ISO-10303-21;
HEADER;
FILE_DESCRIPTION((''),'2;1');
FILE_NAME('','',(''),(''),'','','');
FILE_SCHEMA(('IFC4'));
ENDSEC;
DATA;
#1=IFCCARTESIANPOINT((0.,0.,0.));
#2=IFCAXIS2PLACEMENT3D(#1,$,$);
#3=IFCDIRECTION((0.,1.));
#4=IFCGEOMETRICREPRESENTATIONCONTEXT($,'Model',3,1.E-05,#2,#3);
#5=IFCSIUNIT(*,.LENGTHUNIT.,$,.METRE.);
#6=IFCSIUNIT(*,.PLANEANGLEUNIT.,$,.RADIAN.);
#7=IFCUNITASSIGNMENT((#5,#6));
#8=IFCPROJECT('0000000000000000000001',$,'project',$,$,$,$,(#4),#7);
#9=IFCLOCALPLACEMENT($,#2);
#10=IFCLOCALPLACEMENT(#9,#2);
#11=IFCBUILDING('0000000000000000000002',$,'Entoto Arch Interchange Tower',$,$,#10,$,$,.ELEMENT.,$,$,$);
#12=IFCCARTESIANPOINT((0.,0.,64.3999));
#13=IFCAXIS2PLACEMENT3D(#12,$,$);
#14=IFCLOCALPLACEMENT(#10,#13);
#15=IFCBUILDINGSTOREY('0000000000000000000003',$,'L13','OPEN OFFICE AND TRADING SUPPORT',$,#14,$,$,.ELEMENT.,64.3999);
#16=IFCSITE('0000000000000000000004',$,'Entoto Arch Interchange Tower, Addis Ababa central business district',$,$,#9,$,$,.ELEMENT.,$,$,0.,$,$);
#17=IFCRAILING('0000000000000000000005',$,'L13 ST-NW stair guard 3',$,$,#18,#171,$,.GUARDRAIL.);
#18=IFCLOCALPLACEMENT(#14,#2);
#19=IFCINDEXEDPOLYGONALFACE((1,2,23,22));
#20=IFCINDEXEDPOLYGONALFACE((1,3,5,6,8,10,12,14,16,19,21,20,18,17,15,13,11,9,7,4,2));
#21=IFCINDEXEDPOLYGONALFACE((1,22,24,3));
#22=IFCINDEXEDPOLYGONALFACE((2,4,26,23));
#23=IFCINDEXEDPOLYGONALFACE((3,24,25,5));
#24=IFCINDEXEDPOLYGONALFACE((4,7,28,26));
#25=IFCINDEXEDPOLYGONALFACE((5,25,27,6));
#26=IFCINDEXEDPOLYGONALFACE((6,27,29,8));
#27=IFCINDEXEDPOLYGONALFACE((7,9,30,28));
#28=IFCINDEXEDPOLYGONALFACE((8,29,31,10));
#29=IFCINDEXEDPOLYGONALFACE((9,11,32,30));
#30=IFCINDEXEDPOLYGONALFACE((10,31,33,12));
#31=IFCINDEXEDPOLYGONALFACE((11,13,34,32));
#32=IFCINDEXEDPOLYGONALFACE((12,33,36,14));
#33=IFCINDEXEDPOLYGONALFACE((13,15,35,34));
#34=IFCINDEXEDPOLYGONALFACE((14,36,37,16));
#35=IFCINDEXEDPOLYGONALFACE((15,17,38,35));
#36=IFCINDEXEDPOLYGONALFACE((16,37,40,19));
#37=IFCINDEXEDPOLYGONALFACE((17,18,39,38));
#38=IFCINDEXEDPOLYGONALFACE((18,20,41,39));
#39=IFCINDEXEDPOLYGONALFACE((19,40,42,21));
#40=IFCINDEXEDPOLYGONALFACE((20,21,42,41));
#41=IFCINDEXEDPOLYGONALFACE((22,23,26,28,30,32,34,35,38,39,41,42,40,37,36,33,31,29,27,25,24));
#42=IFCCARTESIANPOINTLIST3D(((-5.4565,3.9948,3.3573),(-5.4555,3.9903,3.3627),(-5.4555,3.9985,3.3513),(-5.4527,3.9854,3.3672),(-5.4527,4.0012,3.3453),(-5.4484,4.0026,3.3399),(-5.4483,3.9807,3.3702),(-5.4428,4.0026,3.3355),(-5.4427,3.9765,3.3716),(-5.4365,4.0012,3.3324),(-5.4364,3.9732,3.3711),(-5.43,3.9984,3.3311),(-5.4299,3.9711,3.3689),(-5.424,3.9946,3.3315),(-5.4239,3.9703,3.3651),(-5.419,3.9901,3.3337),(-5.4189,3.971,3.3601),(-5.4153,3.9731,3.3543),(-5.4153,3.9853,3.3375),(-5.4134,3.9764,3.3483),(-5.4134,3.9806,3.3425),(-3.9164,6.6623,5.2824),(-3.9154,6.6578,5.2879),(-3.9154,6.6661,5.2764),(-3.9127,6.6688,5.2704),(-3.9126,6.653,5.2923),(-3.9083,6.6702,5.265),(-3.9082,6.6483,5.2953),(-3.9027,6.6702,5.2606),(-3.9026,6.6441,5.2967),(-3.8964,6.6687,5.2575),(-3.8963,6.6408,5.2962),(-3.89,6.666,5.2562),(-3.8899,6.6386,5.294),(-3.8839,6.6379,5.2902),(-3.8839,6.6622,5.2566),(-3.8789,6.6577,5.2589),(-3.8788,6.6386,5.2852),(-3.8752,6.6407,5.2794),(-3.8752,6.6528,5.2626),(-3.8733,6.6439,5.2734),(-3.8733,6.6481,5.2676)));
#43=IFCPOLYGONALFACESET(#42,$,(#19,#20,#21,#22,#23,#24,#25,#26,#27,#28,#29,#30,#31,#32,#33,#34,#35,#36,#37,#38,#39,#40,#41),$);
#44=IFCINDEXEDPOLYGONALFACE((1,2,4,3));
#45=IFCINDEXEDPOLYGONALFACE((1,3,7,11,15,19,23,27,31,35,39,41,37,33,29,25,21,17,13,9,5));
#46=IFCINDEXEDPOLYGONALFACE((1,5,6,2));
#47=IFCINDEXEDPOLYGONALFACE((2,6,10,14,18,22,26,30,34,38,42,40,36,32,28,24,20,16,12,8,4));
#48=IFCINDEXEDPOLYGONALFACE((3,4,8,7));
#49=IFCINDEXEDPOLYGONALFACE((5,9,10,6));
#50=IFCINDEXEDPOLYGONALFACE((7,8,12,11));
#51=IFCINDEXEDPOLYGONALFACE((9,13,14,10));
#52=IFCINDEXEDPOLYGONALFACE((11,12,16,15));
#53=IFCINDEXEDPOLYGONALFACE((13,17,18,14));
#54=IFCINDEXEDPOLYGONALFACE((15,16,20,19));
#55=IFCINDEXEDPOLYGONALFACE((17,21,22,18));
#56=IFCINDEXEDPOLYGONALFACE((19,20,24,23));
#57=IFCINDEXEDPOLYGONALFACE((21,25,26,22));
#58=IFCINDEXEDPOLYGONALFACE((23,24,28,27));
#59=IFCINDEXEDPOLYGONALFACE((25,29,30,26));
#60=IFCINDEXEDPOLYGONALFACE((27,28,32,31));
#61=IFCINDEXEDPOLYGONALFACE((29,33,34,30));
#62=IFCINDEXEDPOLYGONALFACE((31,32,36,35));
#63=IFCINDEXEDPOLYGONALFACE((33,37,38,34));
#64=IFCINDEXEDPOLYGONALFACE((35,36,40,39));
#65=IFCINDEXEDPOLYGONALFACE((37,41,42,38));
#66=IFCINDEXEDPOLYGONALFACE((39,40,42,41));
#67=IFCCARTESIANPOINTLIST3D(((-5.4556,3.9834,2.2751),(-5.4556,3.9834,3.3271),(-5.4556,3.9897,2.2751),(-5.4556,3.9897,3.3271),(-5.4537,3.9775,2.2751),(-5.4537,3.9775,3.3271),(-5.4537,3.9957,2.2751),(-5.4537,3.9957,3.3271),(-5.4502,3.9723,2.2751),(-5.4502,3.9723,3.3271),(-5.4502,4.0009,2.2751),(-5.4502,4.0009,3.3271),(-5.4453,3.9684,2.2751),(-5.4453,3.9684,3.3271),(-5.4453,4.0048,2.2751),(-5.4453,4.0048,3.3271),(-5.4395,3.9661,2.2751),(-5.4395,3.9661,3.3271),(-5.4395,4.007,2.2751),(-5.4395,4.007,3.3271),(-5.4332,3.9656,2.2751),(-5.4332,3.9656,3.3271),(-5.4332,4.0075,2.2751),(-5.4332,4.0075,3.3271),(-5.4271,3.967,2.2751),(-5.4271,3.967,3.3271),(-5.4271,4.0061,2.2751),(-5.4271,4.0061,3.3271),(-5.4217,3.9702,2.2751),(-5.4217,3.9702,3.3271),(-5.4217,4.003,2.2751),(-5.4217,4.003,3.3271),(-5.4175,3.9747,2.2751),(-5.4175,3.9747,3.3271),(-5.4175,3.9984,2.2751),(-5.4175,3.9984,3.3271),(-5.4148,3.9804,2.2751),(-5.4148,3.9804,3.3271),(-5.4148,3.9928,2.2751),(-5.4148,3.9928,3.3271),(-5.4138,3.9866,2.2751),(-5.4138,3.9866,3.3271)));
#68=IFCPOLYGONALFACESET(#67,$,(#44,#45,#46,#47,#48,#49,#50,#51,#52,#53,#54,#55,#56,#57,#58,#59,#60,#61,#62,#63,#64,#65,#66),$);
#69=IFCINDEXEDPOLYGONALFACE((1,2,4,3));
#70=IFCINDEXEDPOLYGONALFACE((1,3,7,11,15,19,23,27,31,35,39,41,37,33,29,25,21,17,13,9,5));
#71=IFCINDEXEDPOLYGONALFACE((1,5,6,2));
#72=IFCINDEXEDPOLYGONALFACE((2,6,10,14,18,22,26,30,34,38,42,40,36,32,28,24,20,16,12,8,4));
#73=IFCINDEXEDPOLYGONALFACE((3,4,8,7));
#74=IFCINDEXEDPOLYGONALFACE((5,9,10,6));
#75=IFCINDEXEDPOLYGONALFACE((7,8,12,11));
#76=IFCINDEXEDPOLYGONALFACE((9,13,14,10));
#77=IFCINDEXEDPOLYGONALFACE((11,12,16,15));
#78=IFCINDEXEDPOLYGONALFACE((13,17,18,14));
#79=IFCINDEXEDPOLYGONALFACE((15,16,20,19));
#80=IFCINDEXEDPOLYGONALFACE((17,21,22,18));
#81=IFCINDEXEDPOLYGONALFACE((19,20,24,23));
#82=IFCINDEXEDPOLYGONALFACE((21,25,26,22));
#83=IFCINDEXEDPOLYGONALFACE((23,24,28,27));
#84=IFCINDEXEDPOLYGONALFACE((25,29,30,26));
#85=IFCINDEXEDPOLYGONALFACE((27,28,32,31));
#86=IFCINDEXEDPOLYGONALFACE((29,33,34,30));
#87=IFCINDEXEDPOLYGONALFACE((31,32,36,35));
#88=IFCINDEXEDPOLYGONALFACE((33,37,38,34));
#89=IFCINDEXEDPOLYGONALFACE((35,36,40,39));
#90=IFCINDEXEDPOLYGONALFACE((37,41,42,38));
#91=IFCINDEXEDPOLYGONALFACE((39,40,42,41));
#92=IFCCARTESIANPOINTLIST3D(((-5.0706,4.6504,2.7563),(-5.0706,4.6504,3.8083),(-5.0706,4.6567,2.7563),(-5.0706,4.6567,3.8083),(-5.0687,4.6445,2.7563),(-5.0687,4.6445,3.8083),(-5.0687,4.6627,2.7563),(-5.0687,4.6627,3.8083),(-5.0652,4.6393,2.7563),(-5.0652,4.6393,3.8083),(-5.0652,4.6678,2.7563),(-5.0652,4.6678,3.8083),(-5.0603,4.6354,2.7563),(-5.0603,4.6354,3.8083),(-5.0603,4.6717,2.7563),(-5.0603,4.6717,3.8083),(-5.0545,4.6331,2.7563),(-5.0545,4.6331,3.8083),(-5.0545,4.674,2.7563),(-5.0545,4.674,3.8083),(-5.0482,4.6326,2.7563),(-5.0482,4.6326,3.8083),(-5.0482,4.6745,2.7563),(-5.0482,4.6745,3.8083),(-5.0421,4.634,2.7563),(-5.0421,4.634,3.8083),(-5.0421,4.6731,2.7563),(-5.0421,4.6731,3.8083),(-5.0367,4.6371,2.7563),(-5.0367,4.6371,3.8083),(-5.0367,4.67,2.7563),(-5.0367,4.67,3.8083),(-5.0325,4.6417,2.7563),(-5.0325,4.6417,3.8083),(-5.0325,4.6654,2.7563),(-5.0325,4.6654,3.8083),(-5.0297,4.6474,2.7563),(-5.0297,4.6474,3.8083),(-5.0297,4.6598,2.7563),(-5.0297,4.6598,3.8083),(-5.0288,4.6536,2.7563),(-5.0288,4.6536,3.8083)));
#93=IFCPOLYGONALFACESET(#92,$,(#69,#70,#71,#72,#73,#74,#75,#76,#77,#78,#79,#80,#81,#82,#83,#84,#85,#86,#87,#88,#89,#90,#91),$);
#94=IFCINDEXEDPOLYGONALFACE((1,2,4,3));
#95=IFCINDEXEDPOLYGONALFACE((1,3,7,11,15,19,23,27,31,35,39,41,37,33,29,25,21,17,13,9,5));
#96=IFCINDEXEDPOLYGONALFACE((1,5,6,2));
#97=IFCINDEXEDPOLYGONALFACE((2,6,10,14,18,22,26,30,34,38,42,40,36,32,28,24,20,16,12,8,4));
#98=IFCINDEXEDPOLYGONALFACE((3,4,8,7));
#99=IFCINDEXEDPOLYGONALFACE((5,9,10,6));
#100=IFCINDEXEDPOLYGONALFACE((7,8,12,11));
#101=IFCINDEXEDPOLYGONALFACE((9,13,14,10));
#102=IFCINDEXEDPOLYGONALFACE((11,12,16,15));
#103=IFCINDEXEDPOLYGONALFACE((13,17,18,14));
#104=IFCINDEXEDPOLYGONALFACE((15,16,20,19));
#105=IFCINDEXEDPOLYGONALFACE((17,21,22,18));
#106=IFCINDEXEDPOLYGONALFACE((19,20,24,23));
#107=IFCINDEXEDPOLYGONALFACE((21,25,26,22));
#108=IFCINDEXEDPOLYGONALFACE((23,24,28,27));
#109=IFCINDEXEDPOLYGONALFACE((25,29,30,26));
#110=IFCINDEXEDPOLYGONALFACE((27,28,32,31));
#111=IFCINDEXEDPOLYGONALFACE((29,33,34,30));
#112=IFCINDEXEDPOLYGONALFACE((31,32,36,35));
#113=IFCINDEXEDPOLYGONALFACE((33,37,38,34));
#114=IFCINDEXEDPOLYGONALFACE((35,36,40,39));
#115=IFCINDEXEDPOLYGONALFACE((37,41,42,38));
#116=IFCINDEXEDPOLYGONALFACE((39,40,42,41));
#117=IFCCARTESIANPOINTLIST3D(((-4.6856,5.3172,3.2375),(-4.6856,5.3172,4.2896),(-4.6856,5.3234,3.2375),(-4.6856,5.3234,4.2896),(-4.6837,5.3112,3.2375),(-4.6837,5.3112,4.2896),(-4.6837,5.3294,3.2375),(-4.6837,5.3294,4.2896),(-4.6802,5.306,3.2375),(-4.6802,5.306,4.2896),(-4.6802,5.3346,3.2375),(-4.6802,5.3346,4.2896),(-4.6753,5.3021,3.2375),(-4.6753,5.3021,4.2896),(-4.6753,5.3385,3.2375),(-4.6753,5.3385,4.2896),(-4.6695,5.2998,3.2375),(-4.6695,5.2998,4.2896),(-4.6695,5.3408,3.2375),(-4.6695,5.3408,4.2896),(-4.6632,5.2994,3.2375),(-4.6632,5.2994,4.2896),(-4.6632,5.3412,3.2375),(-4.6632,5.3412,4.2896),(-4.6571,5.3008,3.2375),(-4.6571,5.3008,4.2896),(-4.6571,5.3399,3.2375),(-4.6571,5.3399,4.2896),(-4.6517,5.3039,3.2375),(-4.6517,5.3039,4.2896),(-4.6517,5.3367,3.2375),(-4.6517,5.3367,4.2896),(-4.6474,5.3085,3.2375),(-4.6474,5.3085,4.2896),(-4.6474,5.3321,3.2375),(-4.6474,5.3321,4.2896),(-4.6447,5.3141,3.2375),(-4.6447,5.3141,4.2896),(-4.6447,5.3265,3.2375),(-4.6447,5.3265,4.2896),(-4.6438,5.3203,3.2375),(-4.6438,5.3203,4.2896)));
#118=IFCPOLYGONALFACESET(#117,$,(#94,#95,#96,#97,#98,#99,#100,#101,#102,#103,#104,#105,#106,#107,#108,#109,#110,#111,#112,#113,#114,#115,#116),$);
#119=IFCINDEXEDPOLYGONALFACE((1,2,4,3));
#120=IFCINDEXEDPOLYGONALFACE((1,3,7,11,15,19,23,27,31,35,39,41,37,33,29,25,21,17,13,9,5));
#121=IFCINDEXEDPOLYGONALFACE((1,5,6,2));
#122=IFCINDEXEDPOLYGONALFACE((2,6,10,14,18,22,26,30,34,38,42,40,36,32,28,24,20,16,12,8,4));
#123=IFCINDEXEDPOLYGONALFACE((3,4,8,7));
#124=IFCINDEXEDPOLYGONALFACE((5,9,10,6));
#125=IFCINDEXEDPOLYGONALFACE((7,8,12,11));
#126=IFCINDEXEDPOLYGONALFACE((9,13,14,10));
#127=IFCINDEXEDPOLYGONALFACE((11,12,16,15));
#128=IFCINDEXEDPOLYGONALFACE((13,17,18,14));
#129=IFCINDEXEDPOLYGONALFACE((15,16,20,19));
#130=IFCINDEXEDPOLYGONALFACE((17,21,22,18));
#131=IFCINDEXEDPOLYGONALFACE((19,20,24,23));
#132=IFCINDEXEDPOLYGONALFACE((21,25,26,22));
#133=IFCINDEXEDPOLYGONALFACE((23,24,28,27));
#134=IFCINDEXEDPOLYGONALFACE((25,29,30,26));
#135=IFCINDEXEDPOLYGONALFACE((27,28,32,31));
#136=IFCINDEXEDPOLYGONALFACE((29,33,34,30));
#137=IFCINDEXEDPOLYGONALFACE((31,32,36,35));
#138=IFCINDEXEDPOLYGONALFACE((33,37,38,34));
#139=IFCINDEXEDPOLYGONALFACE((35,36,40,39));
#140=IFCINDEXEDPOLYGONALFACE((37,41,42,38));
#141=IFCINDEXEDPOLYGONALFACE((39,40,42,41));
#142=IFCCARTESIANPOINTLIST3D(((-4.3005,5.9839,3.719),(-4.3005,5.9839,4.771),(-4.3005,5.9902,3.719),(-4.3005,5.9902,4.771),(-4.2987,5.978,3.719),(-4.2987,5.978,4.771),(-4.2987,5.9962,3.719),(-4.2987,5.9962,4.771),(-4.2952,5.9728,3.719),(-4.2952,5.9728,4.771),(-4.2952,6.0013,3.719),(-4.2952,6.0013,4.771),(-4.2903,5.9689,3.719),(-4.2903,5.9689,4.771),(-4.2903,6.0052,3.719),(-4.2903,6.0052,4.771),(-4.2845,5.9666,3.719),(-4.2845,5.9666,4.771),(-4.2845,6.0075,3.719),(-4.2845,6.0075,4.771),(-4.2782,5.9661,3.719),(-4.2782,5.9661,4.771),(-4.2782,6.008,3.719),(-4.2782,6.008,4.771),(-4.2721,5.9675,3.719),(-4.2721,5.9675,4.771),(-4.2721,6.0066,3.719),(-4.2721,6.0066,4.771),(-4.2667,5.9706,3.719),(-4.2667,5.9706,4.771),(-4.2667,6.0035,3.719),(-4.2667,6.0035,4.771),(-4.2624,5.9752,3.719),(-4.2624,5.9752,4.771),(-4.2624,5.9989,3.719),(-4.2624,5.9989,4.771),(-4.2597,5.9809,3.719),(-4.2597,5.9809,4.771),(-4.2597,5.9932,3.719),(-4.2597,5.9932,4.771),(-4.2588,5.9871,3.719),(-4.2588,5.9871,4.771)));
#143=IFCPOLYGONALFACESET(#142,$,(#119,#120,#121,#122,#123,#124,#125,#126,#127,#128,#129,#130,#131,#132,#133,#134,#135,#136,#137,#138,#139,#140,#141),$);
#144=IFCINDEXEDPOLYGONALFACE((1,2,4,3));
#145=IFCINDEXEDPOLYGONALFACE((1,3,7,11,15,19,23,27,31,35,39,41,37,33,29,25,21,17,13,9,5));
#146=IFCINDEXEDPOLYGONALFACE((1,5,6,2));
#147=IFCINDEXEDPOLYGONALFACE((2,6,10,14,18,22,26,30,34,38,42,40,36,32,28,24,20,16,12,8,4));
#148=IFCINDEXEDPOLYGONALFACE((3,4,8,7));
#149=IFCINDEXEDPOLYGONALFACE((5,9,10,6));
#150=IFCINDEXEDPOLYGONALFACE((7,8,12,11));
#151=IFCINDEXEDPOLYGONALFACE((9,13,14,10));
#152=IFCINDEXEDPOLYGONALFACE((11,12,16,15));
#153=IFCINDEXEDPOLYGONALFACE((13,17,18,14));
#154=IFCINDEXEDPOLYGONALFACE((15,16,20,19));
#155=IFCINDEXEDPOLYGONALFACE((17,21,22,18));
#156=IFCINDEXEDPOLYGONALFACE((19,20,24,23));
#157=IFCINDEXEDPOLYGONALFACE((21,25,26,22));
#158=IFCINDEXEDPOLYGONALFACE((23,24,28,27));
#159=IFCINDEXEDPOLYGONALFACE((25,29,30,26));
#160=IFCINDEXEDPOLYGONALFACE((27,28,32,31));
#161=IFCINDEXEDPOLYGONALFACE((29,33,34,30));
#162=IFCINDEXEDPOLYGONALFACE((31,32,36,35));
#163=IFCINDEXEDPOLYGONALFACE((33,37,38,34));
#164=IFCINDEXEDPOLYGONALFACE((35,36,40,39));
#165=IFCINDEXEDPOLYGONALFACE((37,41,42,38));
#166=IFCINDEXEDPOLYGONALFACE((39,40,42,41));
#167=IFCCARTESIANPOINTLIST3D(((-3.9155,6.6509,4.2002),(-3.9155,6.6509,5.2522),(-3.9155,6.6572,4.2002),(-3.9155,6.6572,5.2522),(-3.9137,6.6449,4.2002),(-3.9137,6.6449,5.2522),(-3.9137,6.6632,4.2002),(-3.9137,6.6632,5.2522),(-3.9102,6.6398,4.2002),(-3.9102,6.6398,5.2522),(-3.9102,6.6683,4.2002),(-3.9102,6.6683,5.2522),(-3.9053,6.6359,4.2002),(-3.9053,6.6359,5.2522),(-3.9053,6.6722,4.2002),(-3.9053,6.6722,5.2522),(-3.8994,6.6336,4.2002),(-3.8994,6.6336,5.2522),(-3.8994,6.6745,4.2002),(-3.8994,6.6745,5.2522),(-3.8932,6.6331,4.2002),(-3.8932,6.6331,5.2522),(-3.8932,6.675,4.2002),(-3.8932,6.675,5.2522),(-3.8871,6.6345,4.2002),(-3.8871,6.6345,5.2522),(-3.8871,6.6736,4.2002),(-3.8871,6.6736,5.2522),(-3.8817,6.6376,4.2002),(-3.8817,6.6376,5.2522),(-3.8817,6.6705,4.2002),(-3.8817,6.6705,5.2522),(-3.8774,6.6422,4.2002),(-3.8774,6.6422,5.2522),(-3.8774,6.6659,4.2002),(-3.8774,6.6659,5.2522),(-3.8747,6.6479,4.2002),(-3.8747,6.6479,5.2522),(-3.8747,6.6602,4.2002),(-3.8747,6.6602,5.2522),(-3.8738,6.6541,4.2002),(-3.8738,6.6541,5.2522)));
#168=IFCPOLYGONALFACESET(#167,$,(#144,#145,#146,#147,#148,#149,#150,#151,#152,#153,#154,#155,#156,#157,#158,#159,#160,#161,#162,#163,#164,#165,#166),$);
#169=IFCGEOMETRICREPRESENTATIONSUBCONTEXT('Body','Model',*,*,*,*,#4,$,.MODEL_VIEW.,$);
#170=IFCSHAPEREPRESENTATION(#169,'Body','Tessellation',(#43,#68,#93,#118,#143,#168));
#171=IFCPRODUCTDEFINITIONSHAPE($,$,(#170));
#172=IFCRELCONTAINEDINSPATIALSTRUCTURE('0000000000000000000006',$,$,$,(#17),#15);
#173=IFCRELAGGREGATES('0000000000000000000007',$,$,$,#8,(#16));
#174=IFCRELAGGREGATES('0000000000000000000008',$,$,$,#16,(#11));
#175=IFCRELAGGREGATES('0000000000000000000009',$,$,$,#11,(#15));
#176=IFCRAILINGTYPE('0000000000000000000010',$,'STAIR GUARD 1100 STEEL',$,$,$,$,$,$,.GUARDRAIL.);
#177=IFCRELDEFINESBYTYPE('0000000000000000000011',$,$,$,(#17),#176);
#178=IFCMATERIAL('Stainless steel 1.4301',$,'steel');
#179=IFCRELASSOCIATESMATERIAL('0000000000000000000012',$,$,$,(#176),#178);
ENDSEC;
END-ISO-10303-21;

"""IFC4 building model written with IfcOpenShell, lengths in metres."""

from ifc_helpers import new_model, si_unit, direction, frame, origin, origin_2d, place, context, subcontext, project, spatial, circle, extrude, material, type_object, element, save


model = new_model("IFC4")

# Units and contexts
model_context = context("Model", 3, precision=1e-05, world=origin(), true_north=direction((0.0, 1.0)))
body_context = subcontext(model_context, "Body", "Model", "MODEL_VIEW")
ifc_project = project(units=[si_unit("LENGTHUNIT", "METRE"), si_unit("PLANEANGLEUNIT", "RADIAN")], contexts=[model_context])

# Site, building, storey
site_placement = place(None, origin())
site = spatial("IfcSite", under=ifc_project, at=site_placement, Name="Entoto Arch Interchange Tower, Addis Ababa central business district", CompositionType="ELEMENT", RefElevation=0.0)
building_placement = place(site_placement, origin())
building = spatial("IfcBuilding", under=site, at=building_placement, Name="Entoto Arch Interchange Tower", CompositionType="ELEMENT")
storey_placement = place(building_placement, frame((0.0, 0.0, 64.3999)))
storey = spatial("IfcBuildingStorey", under=building, at=storey_placement, Name="L13", Description="OPEN OFFICE AND TRADING SUPPORT", CompositionType="ELEMENT", Elevation=64.3999)

# Railing
ifc_material_1 = material(Name="Stainless steel 1.4301", Category="steel")
railing_type_1 = type_object("IfcRailingType", Name="STAIR GUARD 1100 STEEL", PredefinedType="GUARDRAIL", material=ifc_material_1)
railing_1_placement = place(storey_placement, frame((-5.4348, 3.9866, 2.2751)))
element("IfcRailing", 1, at=railing_1_placement, inside=storey, type_object=railing_type_1, Name="L13 ST-NW stair guard 3", PredefinedType="GUARDRAIL", context=body_context, shape_type="SweptSolid", body=[
    extrude(circle(Radius=0.0239, at=origin_2d()), frame((0.0, 0.0, 1.0762), z_axis=(0.423994, 0.734395, 0.529993), x_axis=(-0.86603, 0.499992, 0.0)), (0.0, 0.0, 1.0), 3.6323),
    extrude(circle(Radius=0.021, at=origin_2d()), origin(), (0.0, 0.0, 1.0), 1.052),
    extrude(circle(Radius=0.021, at=origin_2d()), frame((0.385, 0.667, 0.4812)), (0.0, 0.0, 1.0), 1.052),
    extrude(circle(Radius=0.021, at=origin_2d()), frame((0.77, 1.3337, 0.9624)), (0.0, 0.0, 1.0), 1.052),
    extrude(circle(Radius=0.021, at=origin_2d()), frame((1.155, 2.0005, 1.4438)), (0.0, 0.0, 1.0), 1.052),
    extrude(circle(Radius=0.021, at=origin_2d()), frame((1.54, 2.6675, 1.925)), (0.0, 0.0, 1.0), 1.052),
])

save(model, "model.ifc")
